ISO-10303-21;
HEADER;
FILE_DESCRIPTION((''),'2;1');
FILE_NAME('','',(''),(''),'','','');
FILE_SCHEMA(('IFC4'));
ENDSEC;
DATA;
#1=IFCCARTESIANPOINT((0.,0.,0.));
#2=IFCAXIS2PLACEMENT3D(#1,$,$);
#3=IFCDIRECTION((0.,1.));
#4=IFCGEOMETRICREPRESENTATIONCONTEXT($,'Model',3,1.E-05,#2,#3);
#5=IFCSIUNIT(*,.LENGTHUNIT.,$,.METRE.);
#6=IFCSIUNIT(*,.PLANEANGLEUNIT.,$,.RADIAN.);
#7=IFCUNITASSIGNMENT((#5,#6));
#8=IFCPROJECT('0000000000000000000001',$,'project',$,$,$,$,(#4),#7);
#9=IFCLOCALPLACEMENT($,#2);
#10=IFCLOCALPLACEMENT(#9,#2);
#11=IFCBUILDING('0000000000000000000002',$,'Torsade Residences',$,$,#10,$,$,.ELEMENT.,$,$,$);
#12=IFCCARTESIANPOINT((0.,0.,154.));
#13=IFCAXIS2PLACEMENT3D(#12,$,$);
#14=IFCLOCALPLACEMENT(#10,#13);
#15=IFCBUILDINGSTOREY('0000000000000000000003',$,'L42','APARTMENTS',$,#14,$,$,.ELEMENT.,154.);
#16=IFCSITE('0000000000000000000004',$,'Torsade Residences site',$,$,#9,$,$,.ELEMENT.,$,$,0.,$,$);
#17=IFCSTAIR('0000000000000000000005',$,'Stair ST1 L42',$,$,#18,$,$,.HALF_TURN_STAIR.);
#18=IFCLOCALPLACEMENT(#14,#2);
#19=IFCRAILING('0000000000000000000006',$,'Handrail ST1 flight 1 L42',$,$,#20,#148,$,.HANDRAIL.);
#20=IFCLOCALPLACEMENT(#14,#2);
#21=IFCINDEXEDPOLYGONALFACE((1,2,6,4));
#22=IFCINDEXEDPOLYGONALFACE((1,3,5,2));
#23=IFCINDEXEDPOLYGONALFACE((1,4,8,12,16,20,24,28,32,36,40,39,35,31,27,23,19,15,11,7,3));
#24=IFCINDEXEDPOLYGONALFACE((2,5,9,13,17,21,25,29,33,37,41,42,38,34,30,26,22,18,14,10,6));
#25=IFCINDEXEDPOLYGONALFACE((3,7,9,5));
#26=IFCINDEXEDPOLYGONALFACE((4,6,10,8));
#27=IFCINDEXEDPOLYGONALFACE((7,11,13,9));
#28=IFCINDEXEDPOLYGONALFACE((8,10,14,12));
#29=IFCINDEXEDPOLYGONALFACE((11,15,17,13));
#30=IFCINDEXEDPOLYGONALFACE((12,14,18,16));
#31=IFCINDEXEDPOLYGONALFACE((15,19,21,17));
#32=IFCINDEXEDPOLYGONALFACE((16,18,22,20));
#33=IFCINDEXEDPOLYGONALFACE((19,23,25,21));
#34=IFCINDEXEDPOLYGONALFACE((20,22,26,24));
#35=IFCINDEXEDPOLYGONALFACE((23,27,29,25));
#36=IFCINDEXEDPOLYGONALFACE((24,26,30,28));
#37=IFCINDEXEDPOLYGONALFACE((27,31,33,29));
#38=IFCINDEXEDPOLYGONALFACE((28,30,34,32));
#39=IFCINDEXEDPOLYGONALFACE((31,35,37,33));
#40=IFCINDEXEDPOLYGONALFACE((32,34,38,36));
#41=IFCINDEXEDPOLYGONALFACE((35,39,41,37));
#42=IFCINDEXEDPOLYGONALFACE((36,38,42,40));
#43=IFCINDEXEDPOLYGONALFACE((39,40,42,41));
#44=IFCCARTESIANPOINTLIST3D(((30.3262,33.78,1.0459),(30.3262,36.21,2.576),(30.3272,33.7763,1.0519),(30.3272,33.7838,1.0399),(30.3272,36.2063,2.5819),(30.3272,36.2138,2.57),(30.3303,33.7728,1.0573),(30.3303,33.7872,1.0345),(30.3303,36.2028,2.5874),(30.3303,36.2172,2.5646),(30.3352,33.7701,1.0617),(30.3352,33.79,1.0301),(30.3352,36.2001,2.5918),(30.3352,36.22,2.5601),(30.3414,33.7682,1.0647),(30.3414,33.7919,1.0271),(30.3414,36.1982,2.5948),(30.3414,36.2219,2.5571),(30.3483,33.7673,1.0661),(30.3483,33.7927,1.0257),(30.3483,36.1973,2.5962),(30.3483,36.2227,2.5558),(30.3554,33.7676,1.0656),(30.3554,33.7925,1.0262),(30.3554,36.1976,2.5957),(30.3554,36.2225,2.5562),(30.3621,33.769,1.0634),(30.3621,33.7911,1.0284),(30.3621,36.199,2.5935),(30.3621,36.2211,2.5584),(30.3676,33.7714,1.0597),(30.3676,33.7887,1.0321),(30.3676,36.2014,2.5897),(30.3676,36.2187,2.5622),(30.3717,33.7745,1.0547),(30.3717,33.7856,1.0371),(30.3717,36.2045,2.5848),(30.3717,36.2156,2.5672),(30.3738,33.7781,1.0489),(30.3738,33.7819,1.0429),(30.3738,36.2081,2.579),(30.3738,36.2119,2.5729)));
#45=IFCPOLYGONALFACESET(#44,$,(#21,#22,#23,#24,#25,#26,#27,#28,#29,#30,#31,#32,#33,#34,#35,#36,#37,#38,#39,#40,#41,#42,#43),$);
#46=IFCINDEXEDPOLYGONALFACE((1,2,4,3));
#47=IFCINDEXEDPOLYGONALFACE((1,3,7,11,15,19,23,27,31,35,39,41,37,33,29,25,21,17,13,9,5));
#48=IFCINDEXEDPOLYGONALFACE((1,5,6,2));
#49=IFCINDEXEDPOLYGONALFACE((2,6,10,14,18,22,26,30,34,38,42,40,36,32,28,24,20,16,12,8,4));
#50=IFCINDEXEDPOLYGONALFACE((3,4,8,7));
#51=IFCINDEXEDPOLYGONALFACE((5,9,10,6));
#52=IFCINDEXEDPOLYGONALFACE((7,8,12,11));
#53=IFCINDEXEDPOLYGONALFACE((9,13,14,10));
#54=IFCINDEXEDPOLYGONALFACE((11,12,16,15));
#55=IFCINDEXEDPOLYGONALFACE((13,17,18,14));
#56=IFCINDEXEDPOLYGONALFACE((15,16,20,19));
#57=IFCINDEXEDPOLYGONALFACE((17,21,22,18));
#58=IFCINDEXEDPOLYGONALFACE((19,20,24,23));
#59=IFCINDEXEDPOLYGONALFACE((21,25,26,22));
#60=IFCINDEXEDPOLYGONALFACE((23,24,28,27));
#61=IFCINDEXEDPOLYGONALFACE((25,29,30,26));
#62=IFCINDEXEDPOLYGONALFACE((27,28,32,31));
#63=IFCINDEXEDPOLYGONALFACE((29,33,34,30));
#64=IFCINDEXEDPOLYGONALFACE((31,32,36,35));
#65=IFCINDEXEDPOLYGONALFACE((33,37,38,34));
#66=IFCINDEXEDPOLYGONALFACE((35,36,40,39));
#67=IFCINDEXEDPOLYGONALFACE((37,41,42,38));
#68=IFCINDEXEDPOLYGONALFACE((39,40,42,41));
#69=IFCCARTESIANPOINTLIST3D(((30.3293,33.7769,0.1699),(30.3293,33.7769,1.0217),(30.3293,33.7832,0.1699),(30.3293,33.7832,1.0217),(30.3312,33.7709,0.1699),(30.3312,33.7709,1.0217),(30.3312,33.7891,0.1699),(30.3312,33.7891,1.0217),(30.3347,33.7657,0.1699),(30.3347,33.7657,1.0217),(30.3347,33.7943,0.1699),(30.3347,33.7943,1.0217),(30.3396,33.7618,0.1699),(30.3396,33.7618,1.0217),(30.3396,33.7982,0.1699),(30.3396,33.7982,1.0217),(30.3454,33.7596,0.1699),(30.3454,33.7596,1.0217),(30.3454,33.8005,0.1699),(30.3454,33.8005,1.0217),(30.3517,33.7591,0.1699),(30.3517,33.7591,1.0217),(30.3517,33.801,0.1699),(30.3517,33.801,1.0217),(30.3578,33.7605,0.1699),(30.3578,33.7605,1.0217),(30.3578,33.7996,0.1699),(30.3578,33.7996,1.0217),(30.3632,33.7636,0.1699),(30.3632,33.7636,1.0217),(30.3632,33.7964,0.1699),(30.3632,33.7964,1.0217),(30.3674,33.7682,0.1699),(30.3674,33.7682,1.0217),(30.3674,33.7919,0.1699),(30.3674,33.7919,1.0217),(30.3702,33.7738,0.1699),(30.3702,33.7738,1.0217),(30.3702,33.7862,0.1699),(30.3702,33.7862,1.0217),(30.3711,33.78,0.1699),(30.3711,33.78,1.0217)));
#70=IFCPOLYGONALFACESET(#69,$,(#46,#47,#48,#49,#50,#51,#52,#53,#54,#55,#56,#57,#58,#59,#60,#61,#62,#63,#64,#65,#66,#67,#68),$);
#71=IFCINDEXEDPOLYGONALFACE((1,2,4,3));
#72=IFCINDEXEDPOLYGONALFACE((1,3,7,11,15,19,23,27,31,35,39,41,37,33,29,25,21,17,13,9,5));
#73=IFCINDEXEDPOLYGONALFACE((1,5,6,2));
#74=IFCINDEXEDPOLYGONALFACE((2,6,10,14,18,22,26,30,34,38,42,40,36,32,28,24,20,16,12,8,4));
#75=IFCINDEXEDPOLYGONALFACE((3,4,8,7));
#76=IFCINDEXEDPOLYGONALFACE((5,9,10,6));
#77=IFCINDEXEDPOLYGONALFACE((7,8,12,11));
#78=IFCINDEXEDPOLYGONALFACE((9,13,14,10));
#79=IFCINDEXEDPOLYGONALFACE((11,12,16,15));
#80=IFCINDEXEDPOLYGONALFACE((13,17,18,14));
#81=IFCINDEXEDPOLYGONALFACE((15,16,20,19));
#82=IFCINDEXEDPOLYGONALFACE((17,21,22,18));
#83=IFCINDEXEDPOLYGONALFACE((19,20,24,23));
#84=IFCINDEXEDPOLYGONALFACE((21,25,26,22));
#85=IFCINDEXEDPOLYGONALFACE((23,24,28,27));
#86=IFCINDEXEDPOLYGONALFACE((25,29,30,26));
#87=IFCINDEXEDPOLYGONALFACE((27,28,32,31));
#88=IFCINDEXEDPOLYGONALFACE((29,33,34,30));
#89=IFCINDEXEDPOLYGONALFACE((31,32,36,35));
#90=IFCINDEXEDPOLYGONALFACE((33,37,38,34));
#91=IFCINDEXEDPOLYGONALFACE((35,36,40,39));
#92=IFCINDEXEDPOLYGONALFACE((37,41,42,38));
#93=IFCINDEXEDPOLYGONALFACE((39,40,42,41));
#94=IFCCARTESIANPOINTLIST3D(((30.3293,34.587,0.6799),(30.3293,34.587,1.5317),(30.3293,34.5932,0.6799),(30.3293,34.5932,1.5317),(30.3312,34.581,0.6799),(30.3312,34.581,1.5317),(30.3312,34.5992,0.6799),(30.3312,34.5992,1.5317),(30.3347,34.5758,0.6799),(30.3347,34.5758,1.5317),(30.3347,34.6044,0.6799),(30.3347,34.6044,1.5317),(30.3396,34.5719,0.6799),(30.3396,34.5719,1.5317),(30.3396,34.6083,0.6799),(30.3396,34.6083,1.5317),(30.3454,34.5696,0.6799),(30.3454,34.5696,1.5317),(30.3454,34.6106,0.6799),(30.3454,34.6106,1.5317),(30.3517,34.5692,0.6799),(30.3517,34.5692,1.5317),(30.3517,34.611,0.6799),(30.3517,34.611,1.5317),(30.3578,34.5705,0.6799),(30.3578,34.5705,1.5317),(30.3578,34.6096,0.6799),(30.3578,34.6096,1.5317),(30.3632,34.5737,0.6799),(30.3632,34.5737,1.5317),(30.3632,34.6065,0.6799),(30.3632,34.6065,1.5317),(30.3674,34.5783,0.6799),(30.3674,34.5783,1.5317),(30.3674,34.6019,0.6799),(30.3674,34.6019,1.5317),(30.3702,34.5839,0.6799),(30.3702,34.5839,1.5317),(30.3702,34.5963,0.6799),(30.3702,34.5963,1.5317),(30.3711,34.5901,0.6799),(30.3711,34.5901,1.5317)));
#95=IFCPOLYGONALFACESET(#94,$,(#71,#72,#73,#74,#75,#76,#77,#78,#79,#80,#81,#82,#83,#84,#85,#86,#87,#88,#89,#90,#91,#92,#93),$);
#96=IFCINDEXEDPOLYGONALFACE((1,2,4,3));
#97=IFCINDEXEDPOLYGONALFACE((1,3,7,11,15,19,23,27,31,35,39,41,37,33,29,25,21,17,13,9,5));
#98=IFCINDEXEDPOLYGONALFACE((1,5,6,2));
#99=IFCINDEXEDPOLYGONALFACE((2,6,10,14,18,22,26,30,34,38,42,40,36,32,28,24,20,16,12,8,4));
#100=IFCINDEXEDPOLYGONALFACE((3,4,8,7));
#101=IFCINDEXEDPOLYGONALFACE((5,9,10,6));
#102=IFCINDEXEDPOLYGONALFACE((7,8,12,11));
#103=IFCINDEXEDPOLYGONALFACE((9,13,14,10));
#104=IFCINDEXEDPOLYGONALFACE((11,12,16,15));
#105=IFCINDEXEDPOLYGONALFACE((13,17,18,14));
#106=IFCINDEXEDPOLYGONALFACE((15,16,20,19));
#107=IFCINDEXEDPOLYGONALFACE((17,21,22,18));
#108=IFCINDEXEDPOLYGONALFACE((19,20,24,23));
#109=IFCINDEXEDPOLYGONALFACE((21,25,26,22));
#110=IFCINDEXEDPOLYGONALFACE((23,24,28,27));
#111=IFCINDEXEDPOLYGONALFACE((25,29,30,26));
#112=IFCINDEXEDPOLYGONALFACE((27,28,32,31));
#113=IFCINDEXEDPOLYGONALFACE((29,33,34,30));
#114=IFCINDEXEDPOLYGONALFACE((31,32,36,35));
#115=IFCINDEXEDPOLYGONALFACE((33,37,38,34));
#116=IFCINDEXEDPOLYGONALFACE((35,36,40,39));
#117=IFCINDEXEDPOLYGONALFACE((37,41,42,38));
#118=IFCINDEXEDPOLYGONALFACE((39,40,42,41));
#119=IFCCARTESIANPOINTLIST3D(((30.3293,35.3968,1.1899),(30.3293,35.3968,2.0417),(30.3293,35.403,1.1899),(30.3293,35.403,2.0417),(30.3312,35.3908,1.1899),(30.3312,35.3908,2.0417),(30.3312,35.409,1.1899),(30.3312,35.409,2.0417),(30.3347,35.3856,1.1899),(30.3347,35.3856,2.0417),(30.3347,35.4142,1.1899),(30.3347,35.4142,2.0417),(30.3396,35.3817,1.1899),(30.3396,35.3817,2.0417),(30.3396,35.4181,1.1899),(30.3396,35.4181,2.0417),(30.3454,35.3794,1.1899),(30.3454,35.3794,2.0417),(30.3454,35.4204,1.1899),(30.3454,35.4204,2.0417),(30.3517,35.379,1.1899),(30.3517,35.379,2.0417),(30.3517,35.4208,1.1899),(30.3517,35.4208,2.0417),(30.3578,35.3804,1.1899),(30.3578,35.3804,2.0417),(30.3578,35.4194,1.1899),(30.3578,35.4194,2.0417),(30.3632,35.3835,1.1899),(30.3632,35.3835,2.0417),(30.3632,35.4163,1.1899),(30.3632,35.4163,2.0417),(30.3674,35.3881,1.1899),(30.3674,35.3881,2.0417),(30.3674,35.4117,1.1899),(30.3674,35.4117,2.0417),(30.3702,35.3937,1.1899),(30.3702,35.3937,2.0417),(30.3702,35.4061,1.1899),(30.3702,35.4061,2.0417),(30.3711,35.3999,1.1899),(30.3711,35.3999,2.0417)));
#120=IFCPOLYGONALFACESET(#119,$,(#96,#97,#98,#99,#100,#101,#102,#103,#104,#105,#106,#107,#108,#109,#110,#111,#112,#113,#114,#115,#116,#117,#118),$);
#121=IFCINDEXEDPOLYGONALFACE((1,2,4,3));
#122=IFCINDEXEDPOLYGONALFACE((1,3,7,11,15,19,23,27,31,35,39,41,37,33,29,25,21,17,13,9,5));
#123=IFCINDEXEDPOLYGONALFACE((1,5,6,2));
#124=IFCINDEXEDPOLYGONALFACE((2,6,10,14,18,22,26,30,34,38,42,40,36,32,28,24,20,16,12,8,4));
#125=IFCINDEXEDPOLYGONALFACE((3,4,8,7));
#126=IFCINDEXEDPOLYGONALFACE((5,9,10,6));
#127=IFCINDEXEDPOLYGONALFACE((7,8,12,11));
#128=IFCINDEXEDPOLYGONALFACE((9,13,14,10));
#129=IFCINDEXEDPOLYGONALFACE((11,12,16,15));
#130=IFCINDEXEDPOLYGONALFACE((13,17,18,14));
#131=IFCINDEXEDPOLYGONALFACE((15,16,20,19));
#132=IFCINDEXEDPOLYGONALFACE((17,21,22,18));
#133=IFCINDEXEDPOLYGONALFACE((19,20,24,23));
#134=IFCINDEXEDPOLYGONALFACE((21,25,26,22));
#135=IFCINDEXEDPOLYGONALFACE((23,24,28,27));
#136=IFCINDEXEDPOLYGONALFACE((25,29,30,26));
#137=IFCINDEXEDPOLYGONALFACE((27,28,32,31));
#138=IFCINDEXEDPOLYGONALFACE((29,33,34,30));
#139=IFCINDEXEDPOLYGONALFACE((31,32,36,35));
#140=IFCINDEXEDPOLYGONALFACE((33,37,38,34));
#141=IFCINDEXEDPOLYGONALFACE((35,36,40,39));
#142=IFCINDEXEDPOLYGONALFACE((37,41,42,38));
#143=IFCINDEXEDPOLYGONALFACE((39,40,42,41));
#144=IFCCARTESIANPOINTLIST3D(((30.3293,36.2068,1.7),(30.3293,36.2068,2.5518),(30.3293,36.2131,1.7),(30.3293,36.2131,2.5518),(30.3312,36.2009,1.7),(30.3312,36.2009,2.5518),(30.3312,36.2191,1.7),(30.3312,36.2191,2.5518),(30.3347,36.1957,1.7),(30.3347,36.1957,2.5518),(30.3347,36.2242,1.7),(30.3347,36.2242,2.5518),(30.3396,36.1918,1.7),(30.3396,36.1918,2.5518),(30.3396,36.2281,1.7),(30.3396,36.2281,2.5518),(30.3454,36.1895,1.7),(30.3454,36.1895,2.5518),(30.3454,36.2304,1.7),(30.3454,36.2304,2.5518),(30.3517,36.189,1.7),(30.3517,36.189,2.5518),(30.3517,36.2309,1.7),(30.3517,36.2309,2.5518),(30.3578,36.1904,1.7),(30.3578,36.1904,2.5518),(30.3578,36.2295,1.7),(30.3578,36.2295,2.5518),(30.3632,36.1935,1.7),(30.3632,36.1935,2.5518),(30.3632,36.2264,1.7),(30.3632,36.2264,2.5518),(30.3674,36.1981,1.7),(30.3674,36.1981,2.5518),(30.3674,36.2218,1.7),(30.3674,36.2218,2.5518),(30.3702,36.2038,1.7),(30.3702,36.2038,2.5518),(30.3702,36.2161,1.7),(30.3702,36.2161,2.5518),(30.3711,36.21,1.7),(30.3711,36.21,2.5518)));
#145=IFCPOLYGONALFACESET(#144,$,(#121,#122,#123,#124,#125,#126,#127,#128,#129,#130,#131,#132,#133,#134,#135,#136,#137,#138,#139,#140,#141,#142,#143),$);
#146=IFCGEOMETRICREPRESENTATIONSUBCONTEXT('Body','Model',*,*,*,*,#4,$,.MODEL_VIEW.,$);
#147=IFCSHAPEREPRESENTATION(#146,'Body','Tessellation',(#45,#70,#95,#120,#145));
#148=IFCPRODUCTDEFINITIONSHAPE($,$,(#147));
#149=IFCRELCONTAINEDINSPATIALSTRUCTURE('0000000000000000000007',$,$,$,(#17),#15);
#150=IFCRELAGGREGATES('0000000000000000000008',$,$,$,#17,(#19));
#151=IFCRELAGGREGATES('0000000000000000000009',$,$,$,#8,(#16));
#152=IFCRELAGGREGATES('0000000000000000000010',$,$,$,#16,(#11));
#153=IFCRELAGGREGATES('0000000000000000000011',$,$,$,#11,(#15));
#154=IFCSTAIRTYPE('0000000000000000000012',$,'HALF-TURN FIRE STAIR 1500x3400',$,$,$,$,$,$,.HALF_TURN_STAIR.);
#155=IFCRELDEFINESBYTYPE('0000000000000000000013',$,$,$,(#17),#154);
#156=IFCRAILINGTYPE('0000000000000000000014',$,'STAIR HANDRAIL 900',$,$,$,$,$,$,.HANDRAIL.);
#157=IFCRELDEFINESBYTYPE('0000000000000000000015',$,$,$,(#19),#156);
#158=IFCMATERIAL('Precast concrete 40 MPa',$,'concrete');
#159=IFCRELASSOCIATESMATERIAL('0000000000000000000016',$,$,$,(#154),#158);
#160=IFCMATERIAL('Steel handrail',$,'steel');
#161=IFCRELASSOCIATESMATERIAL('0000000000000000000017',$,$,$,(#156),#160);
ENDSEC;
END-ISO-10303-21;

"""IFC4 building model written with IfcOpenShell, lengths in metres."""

from ifc_helpers import new_model, si_unit, direction, frame, origin, origin_2d, place, context, subcontext, project, spatial, circle, extrude, material, type_object, element, aggregate, save


model = new_model("IFC4")

# Units and contexts
model_context = context("Model", 3, precision=1e-05, world=origin(), true_north=direction((0.0, 1.0)))
body_context = subcontext(model_context, "Body", "Model", "MODEL_VIEW")
ifc_project = project(units=[si_unit("LENGTHUNIT", "METRE"), si_unit("PLANEANGLEUNIT", "RADIAN")], contexts=[model_context])

# Site, building, storey
site_placement = place(None, origin())
site = spatial("IfcSite", under=ifc_project, at=site_placement, Name="Torsade Residences site", CompositionType="ELEMENT", RefElevation=0.0)
building_placement = place(site_placement, origin())
building = spatial("IfcBuilding", under=site, at=building_placement, Name="Torsade Residences", CompositionType="ELEMENT")
storey_placement = place(building_placement, frame((0.0, 0.0, 154.0)))
storey = spatial("IfcBuildingStorey", under=building, at=storey_placement, Name="L42", Description="APARTMENTS", CompositionType="ELEMENT", Elevation=154.0)

# Stair, railing
ifc_material_1 = material(Name="Precast concrete 40 MPa", Category="concrete")
stair_type = type_object("IfcStairType", Name="HALF-TURN FIRE STAIR 1500x3400", PredefinedType="HALF_TURN_STAIR", material=ifc_material_1)
stair_placement = place(storey_placement, origin())
stair = element("IfcStair", 1, at=stair_placement, inside=storey, type_object=stair_type, Name="Stair ST1 L42", PredefinedType="HALF_TURN_STAIR")
ifc_material_2 = material(Name="Steel handrail", Category="steel")
railing_type = type_object("IfcRailingType", Name="STAIR HANDRAIL 900", PredefinedType="HANDRAIL", material=ifc_material_2)
railing_1_placement = place(storey_placement, frame((30.3501, 33.78, 0.1699)))
railing_1 = element("IfcRailing", 2, at=railing_1_placement, type_object=railing_type, Name="Handrail ST1 flight 1 L42", PredefinedType="HANDRAIL", context=body_context, shape_type="SweptSolid", body=[
    extrude(circle(Radius=0.0239, at=origin_2d()), frame((0.0, 0.0, 0.876), z_axis=(0.0, 0.846221, 0.532831), x_axis=(-1.0, 0.0, 0.0)), (0.0, 0.0, 1.0), 2.8716),
    extrude(circle(Radius=0.021, at=origin_2d()), origin(), (0.0, 0.0, 1.0), 0.8518),
    extrude(circle(Radius=0.021, at=origin_2d()), frame((0.0, 0.8101, 0.51)), (0.0, 0.0, 1.0), 0.8518),
    extrude(circle(Radius=0.021, at=origin_2d()), frame((0.0, 1.6199, 1.02)), (0.0, 0.0, 1.0), 0.8518),
    extrude(circle(Radius=0.021, at=origin_2d()), frame((0.0, 2.4299, 1.53)), (0.0, 0.0, 1.0), 0.8518),
])
aggregate(stair, [railing_1])

save(model, "model.ifc")
